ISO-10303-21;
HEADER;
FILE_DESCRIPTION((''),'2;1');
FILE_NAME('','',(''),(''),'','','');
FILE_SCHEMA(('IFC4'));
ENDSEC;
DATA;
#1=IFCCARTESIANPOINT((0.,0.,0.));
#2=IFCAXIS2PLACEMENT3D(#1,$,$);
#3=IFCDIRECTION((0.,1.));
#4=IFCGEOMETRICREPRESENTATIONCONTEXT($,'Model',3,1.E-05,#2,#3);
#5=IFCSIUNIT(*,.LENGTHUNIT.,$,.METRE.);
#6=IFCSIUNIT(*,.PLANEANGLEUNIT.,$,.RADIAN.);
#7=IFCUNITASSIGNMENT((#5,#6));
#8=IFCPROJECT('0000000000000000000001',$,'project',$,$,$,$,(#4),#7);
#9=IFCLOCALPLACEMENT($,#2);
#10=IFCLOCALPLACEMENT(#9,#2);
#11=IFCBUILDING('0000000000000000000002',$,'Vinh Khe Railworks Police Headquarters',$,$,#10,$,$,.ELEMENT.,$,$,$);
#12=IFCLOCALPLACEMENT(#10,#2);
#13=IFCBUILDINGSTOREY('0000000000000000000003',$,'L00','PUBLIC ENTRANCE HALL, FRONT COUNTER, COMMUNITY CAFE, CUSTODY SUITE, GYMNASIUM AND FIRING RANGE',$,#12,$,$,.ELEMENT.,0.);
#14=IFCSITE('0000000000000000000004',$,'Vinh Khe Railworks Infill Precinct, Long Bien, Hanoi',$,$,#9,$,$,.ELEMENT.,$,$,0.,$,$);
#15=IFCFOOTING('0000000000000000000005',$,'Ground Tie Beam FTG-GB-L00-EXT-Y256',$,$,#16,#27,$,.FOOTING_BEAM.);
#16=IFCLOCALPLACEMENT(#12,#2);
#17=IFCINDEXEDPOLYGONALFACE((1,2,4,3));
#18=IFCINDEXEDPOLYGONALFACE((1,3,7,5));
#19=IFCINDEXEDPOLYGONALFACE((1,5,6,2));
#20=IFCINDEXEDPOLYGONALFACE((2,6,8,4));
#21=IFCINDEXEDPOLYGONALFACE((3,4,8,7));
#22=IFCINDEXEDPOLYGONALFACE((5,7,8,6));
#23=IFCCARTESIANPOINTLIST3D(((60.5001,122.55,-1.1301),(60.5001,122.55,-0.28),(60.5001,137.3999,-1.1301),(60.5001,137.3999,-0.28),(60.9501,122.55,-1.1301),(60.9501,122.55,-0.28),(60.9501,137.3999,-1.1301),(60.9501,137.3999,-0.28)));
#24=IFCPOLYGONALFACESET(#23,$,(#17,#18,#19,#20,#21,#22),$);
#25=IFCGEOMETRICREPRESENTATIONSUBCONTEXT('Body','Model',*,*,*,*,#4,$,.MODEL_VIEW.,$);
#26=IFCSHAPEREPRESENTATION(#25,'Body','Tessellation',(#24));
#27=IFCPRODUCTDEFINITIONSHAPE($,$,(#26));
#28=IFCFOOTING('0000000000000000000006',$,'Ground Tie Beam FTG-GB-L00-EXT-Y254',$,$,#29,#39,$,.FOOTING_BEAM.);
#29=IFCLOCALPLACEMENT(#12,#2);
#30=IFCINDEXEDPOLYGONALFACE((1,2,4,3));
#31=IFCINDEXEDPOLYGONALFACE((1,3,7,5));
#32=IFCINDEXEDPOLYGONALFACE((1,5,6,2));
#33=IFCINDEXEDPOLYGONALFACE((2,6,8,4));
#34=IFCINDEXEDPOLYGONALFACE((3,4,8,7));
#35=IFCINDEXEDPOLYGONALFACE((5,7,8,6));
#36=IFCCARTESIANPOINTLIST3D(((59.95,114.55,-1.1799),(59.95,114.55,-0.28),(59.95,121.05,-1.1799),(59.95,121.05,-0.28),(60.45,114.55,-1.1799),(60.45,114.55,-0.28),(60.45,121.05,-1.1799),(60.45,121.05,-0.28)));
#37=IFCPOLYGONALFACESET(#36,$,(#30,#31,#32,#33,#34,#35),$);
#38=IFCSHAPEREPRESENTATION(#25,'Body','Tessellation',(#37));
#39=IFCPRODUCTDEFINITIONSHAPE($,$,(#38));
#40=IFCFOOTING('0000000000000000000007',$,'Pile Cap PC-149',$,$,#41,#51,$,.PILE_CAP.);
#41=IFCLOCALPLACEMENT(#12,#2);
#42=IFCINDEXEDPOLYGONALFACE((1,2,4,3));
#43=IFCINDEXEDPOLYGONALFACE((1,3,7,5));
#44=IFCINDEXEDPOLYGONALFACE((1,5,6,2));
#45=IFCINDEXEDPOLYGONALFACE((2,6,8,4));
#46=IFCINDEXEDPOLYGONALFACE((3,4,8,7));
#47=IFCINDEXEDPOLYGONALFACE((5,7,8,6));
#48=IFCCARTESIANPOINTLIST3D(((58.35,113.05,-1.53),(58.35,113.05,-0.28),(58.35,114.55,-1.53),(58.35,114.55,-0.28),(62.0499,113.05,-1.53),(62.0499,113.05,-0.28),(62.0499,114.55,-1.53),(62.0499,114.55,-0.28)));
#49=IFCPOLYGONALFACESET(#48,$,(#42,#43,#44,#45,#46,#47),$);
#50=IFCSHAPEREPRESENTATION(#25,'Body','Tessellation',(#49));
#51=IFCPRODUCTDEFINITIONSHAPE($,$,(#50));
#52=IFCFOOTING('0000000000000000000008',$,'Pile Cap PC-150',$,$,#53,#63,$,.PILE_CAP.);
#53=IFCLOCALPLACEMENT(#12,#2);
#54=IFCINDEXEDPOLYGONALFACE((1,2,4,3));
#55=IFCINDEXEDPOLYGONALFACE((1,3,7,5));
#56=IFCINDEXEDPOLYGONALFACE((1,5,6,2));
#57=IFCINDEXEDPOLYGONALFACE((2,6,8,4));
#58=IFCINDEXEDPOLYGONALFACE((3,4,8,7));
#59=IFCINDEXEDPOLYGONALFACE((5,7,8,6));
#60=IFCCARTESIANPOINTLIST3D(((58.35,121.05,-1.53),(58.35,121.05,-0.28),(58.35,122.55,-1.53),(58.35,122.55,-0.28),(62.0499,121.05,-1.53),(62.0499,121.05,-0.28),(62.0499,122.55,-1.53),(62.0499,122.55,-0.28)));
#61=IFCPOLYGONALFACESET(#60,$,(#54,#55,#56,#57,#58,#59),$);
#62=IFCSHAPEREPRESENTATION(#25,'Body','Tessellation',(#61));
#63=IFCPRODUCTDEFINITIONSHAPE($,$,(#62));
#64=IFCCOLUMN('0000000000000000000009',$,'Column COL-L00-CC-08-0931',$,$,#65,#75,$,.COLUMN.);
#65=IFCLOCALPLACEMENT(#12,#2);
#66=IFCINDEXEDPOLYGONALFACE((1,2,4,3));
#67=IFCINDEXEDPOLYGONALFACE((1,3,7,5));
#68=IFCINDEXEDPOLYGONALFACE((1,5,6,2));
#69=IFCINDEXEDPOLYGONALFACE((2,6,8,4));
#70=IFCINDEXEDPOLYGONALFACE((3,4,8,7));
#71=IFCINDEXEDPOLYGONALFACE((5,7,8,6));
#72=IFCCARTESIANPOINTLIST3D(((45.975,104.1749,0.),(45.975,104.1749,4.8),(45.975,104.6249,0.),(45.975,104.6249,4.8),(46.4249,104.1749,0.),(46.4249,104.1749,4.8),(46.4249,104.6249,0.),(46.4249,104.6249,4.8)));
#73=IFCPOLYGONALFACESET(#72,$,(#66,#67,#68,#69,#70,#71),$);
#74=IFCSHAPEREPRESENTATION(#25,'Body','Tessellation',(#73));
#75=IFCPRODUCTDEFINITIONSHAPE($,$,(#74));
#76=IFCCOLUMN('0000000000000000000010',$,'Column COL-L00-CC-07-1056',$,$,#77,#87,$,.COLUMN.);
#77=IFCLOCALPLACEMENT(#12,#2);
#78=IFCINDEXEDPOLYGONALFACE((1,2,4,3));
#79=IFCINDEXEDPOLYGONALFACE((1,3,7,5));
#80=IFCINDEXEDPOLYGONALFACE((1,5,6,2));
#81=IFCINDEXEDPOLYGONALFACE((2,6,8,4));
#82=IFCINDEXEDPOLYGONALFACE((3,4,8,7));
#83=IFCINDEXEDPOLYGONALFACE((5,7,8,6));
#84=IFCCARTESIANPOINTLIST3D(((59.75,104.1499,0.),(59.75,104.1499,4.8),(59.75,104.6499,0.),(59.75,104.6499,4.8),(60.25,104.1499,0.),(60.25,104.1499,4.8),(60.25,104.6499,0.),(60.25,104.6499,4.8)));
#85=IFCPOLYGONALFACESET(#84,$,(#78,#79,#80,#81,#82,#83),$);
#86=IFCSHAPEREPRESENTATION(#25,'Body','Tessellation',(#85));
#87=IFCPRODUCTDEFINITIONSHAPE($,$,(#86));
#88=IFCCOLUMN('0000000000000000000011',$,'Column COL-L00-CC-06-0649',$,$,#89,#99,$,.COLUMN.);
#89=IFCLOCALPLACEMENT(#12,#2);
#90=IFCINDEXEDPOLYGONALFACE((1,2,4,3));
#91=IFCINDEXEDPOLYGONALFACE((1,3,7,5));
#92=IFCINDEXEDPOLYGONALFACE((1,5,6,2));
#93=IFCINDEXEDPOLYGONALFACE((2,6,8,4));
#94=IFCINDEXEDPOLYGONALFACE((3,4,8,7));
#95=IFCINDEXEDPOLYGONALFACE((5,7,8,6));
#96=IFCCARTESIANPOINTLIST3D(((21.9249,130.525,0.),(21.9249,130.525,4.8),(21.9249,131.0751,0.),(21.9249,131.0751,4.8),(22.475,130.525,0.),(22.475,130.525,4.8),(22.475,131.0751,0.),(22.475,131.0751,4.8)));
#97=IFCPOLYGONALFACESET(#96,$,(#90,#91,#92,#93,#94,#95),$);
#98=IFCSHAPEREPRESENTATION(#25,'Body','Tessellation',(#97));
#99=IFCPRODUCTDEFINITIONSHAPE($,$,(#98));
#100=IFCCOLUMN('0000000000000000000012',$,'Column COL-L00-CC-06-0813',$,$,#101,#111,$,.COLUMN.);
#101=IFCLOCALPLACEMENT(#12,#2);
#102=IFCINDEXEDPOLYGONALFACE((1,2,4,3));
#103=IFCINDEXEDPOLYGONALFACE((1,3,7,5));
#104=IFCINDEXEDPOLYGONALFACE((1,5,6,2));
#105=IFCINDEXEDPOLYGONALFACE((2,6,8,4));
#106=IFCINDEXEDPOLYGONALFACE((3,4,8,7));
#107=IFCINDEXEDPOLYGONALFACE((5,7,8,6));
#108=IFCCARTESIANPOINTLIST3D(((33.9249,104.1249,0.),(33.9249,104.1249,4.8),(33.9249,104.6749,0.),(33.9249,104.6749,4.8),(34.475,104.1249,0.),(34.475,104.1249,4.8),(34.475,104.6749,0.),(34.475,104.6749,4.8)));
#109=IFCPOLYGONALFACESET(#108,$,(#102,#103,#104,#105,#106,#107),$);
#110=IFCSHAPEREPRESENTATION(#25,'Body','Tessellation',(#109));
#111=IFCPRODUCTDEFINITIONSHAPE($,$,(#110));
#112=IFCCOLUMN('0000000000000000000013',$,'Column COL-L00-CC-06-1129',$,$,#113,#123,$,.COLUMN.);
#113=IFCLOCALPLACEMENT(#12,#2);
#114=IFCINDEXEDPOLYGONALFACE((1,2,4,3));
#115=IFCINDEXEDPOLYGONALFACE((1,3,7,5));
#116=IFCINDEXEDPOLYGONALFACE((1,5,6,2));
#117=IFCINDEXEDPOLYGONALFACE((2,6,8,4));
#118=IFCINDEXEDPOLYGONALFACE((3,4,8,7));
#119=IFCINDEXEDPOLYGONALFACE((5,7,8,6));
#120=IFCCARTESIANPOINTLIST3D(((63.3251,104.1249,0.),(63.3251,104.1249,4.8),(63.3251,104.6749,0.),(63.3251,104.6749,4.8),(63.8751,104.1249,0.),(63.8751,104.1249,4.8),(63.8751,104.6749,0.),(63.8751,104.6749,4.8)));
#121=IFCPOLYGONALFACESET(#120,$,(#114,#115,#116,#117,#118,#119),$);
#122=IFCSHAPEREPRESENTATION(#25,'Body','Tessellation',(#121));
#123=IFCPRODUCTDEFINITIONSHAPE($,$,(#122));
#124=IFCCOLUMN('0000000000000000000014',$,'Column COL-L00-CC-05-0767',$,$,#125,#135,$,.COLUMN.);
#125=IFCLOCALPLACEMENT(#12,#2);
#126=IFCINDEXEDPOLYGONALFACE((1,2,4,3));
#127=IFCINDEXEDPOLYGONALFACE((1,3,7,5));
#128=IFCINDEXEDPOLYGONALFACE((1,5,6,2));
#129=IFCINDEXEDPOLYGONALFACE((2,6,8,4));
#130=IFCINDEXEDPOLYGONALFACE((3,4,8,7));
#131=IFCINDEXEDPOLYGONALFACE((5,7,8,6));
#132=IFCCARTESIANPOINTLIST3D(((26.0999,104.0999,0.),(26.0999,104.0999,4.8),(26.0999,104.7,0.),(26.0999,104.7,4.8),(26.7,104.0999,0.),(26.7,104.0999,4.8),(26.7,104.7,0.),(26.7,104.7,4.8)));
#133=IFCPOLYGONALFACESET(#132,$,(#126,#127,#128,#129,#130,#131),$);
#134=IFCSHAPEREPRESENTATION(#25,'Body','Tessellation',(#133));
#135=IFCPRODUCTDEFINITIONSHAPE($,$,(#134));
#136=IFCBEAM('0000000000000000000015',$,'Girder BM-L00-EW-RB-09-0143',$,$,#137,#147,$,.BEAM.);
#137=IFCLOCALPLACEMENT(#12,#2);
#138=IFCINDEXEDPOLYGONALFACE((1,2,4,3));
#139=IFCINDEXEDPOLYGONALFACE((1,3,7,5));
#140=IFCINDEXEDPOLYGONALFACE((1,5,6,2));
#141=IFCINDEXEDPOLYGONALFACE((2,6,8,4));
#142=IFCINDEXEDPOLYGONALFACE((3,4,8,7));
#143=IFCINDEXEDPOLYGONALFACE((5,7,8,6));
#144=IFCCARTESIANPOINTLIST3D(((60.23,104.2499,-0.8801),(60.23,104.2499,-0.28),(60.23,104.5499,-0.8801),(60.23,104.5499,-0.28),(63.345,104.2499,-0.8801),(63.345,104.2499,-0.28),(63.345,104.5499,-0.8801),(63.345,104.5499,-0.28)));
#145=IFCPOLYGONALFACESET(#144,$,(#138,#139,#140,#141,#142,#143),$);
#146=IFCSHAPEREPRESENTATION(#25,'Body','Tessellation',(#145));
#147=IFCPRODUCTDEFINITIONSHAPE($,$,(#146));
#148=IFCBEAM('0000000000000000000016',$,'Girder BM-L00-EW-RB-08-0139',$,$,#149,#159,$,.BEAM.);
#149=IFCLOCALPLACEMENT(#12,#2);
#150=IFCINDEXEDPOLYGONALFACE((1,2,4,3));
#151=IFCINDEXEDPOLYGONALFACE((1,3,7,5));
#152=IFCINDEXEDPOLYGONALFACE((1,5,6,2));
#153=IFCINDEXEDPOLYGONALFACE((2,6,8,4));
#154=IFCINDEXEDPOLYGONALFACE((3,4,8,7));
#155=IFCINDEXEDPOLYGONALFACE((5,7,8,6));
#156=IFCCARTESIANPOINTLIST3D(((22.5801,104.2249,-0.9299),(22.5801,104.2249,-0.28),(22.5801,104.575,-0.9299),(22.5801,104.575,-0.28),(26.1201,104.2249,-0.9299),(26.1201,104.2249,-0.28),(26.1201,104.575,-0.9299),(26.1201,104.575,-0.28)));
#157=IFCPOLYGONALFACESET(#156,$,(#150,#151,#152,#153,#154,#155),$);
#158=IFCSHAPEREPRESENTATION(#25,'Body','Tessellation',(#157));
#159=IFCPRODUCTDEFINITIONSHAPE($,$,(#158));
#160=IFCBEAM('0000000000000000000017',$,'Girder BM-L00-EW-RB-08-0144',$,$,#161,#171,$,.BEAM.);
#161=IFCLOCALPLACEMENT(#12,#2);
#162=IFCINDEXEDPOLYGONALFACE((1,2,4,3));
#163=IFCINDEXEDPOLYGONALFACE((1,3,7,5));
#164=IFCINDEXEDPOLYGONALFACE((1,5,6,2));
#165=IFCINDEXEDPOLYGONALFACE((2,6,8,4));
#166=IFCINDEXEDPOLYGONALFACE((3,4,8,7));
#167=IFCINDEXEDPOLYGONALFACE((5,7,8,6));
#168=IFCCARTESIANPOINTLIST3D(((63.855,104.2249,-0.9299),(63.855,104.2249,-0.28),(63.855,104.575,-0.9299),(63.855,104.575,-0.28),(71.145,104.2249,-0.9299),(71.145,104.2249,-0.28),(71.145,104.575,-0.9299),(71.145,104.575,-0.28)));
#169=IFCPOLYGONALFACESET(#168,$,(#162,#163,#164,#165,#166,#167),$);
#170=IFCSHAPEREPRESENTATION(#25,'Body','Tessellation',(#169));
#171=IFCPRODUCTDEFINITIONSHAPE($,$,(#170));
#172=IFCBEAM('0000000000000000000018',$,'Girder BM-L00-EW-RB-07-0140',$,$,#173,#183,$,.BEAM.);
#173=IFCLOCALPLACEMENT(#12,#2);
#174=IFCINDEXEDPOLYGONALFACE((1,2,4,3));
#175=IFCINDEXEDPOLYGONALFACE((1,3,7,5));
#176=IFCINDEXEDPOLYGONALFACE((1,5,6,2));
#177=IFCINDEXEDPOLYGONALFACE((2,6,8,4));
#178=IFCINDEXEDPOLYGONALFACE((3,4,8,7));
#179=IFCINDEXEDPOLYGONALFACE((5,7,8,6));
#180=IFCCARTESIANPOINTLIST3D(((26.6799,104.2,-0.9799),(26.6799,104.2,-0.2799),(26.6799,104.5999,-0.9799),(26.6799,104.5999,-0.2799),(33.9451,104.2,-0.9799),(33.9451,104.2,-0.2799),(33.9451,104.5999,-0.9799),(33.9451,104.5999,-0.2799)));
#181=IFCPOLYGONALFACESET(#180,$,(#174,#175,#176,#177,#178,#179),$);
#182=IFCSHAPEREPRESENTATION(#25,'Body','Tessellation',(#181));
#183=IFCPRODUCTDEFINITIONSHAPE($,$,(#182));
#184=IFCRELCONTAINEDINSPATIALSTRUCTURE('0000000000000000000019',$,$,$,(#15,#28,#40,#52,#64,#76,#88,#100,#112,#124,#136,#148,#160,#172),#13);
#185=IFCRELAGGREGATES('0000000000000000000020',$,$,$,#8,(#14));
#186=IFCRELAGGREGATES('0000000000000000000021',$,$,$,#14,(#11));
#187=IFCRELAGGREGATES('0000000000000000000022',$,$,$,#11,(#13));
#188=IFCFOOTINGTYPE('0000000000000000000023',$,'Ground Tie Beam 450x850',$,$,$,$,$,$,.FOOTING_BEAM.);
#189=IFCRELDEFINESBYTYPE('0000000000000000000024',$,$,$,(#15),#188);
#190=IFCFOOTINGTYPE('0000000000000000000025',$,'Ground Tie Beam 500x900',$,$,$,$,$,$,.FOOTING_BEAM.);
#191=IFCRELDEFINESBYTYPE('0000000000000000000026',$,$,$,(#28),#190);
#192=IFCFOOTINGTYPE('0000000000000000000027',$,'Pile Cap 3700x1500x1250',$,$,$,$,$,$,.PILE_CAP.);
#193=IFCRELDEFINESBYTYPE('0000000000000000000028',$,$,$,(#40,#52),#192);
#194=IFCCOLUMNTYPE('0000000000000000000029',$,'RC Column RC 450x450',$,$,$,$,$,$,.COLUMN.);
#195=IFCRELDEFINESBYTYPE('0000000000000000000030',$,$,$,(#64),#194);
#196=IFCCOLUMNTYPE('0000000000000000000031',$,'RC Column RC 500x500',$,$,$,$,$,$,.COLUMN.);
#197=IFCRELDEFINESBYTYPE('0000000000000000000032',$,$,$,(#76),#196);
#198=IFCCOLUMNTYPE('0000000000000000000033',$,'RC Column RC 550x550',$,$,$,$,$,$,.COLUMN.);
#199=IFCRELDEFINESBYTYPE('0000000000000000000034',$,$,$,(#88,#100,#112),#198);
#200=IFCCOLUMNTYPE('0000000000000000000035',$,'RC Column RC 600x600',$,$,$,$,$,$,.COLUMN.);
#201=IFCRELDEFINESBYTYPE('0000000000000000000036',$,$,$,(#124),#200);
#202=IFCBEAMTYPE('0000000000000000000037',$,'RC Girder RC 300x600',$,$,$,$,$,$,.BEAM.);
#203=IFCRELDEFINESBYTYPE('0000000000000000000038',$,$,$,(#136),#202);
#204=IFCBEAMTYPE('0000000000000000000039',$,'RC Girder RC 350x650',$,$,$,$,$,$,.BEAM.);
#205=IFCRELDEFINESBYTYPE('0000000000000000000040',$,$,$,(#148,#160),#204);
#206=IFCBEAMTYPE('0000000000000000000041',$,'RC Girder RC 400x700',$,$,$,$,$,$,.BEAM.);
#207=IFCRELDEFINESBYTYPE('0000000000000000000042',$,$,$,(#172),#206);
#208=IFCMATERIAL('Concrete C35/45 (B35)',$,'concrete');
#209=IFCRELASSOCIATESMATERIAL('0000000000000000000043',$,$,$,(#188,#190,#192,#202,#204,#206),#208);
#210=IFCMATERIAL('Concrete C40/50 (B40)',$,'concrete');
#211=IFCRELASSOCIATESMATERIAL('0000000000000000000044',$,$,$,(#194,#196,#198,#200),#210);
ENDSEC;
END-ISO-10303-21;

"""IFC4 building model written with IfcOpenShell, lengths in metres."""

from ifc_helpers import new_model, si_unit, direction, frame, origin, origin_2d, place, context, subcontext, project, spatial, rectangle, extrude, material, material_profile, profile_set, type_object, element, save


model = new_model("IFC4")

# Units and contexts
model_context = context("Model", 3, precision=1e-05, world=origin(), true_north=direction((0.0, 1.0)))
body_context = subcontext(model_context, "Body", "Model", "MODEL_VIEW")
ifc_project = project(units=[si_unit("LENGTHUNIT", "METRE"), si_unit("PLANEANGLEUNIT", "RADIAN")], contexts=[model_context])

# Site, building, storey
site_placement = place(None, origin())
site = spatial("IfcSite", under=ifc_project, at=site_placement, Name="Vinh Khe Railworks Infill Precinct, Long Bien, Hanoi", CompositionType="ELEMENT", RefElevation=0.0)
building_placement = place(site_placement, origin())
building = spatial("IfcBuilding", under=site, at=building_placement, Name="Vinh Khe Railworks Police Headquarters", CompositionType="ELEMENT")
storey_placement = place(building_placement, origin())
storey = spatial("IfcBuildingStorey", under=building, at=storey_placement, Name="L00", Description="PUBLIC ENTRANCE HALL, FRONT COUNTER, COMMUNITY CAFE, CUSTODY SUITE, GYMNASIUM AND FIRING RANGE", CompositionType="ELEMENT", Elevation=0.0)

# Shared definitions
ifc_material_1 = material(Name="Concrete C35/45 (B35)", Category="concrete")

# Footings
ifc_material_profile_1 = material_profile(ifc_material_1, rectangle(XDim=0.45, YDim=0.8501, at=origin_2d()), Name="RC 450x850")
ifc_profile_set_1 = profile_set([ifc_material_profile_1], Name="Concrete C35/45 (B35)")
footing_type_1 = type_object("IfcFootingType", Name="Ground Tie Beam 450x850", PredefinedType="FOOTING_BEAM", material=ifc_profile_set_1)
footing_1_placement = place(storey_placement, frame((60.7251, 122.55, -0.7051), z_axis=(0.0, 1.0, 0.0), x_axis=(-1.0, 0.0, 0.0)))
element("IfcFooting", 1, at=footing_1_placement, inside=storey, type_object=footing_type_1, Name="Ground Tie Beam FTG-GB-L00-EXT-Y256", PredefinedType="FOOTING_BEAM", context=body_context, shape_type="SweptSolid", body=[
    extrude(rectangle(XDim=0.45, YDim=0.8501, at=origin_2d()), origin(), (0.0, 0.0, 1.0), 14.8499),
])
ifc_material_profile_2 = material_profile(ifc_material_1, rectangle(XDim=0.5, YDim=0.8999, at=origin_2d()), Name="RC 500x900")
ifc_profile_set_2 = profile_set([ifc_material_profile_2], Name="Concrete C35/45 (B35)")
footing_type_2 = type_object("IfcFootingType", Name="Ground Tie Beam 500x900", PredefinedType="FOOTING_BEAM", material=ifc_profile_set_2)
footing_2_placement = place(storey_placement, frame((60.2, 114.55, -0.73), z_axis=(0.0, 1.0, 0.0), x_axis=(-1.0, 0.0, 0.0)))
element("IfcFooting", 2, at=footing_2_placement, inside=storey, type_object=footing_type_2, Name="Ground Tie Beam FTG-GB-L00-EXT-Y254", PredefinedType="FOOTING_BEAM", context=body_context, shape_type="SweptSolid", body=[
    extrude(rectangle(XDim=0.5, YDim=0.8999, at=origin_2d()), origin(), (0.0, 0.0, 1.0), 6.5),
])
footing_type_3 = type_object("IfcFootingType", Name="Pile Cap 3700x1500x1250", PredefinedType="PILE_CAP", material=ifc_material_1)
for number, where, z_axis, x_axis, name in (
    (3, (60.2, 113.8, -1.53), (0.0, 0.0, 1.0), (1.0, 0.0, 0.0), "Pile Cap PC-149"),
    (4, (60.2, 121.8, -1.53), (0.0, 0.0, 1.0), (1.0, 0.0, 0.0), "Pile Cap PC-150"),
):
    element("IfcFooting", number, at=place(storey_placement, frame(where, z_axis=z_axis, x_axis=x_axis)), inside=storey, type_object=footing_type_3, Name=name, PredefinedType="PILE_CAP", context=body_context, shape_type="SweptSolid", body=[
        extrude(rectangle(XDim=3.7, YDim=1.5, at=origin_2d()), origin(), (0.0, 0.0, 1.0), 1.25),
    ])

# Columns
ifc_material_2 = material(Name="Concrete C40/50 (B40)", Category="concrete")
ifc_material_profile_3 = material_profile(ifc_material_2, rectangle(XDim=0.45, YDim=0.45, at=origin_2d()), Name="RC 450x450")
ifc_profile_set_3 = profile_set([ifc_material_profile_3], Name="Concrete C40/50 (B40)")
column_type_1 = type_object("IfcColumnType", Name="RC Column RC 450x450", PredefinedType="COLUMN", material=ifc_profile_set_3)
column_1_placement = place(storey_placement, frame((46.2, 104.3999, 0.0), z_axis=(0.0, 0.0, 1.0), x_axis=(1.0, 0.0, 0.0)))
element("IfcColumn", 5, at=column_1_placement, inside=storey, type_object=column_type_1, Name="Column COL-L00-CC-08-0931", PredefinedType="COLUMN", context=body_context, shape_type="SweptSolid", body=[
    extrude(rectangle(XDim=0.45, YDim=0.45, at=origin_2d()), origin(), (0.0, 0.0, 1.0), 4.8),
])
ifc_material_profile_4 = material_profile(ifc_material_2, rectangle(XDim=0.5, YDim=0.5, at=origin_2d()), Name="RC 500x500")
ifc_profile_set_4 = profile_set([ifc_material_profile_4], Name="Concrete C40/50 (B40)")
column_type_2 = type_object("IfcColumnType", Name="RC Column RC 500x500", PredefinedType="COLUMN", material=ifc_profile_set_4)
column_2_placement = place(storey_placement, frame((60.0, 104.3999, 0.0), z_axis=(0.0, 0.0, 1.0), x_axis=(1.0, 0.0, 0.0)))
element("IfcColumn", 6, at=column_2_placement, inside=storey, type_object=column_type_2, Name="Column COL-L00-CC-07-1056", PredefinedType="COLUMN", context=body_context, shape_type="SweptSolid", body=[
    extrude(rectangle(XDim=0.5, YDim=0.5, at=origin_2d()), origin(), (0.0, 0.0, 1.0), 4.8),
])
ifc_material_profile_5 = material_profile(ifc_material_2, rectangle(XDim=0.55, YDim=0.55, at=origin_2d()), Name="RC 550x550")
ifc_profile_set_5 = profile_set([ifc_material_profile_5], Name="Concrete C40/50 (B40)")
column_type_3 = type_object("IfcColumnType", Name="RC Column RC 550x550", PredefinedType="COLUMN", material=ifc_profile_set_5)
for number, where, z_axis, x_axis, name in (
    (7, (22.2, 130.8, 0.0), (0.0, 0.0, 1.0), (1.0, 0.0, 0.0), "Column COL-L00-CC-06-0649"),
    (8, (34.2, 104.3999, 0.0), (0.0, 0.0, 1.0), (1.0, 0.0, 0.0), "Column COL-L00-CC-06-0813"),
    (9, (63.6001, 104.3999, 0.0), (0.0, 0.0, 1.0), (1.0, 0.0, 0.0), "Column COL-L00-CC-06-1129"),
):
    element("IfcColumn", number, at=place(storey_placement, frame(where, z_axis=z_axis, x_axis=x_axis)), inside=storey, type_object=column_type_3, Name=name, PredefinedType="COLUMN", context=body_context, shape_type="SweptSolid", body=[
        extrude(rectangle(XDim=0.55, YDim=0.55, at=origin_2d()), origin(), (0.0, 0.0, 1.0), 4.8),
    ])
ifc_material_profile_6 = material_profile(ifc_material_2, rectangle(XDim=0.6001, YDim=0.6001, at=origin_2d()), Name="RC 600x600")
ifc_profile_set_6 = profile_set([ifc_material_profile_6], Name="Concrete C40/50 (B40)")
column_type_4 = type_object("IfcColumnType", Name="RC Column RC 600x600", PredefinedType="COLUMN", material=ifc_profile_set_6)
column_3_placement = place(storey_placement, frame((26.3999, 104.3999, 0.0), z_axis=(0.0, 0.0, 1.0), x_axis=(1.0, 0.0, 0.0)))
element("IfcColumn", 10, at=column_3_placement, inside=storey, type_object=column_type_4, Name="Column COL-L00-CC-05-0767", PredefinedType="COLUMN", context=body_context, shape_type="SweptSolid", body=[
    extrude(rectangle(XDim=0.6001, YDim=0.6001, at=origin_2d()), origin(), (0.0, 0.0, 1.0), 4.8),
])

# Beams
ifc_material_profile_7 = material_profile(ifc_material_1, rectangle(XDim=0.3, YDim=0.6001, at=origin_2d()), Name="RC 300x600")
ifc_profile_set_7 = profile_set([ifc_material_profile_7], Name="Concrete C35/45 (B35)")
beam_type_1 = type_object("IfcBeamType", Name="RC Girder RC 300x600", PredefinedType="BEAM", material=ifc_profile_set_7)
beam_1_placement = place(storey_placement, frame((60.23, 104.3999, -0.5801), z_axis=(1.0, 0.0, 0.0), x_axis=(0.0, 1.0, 0.0)))
element("IfcBeam", 11, at=beam_1_placement, inside=storey, type_object=beam_type_1, Name="Girder BM-L00-EW-RB-09-0143", PredefinedType="BEAM", context=body_context, shape_type="SweptSolid", body=[
    extrude(rectangle(XDim=0.3, YDim=0.6001, at=origin_2d()), origin(), (0.0, 0.0, 1.0), 3.115),
])
ifc_material_profile_8 = material_profile(ifc_material_1, rectangle(XDim=0.3501, YDim=0.6499, at=origin_2d()), Name="RC 350x650")
ifc_profile_set_8 = profile_set([ifc_material_profile_8], Name="Concrete C35/45 (B35)")
beam_type_2 = type_object("IfcBeamType", Name="RC Girder RC 350x650", PredefinedType="BEAM", material=ifc_profile_set_8)
beam_2_placement = place(storey_placement, frame((22.5801, 104.3999, -0.605), z_axis=(1.0, 0.0, 0.0), x_axis=(0.0, 1.0, 0.0)))
element("IfcBeam", 12, at=beam_2_placement, inside=storey, type_object=beam_type_2, Name="Girder BM-L00-EW-RB-08-0139", PredefinedType="BEAM", context=body_context, shape_type="SweptSolid", body=[
    extrude(rectangle(XDim=0.3501, YDim=0.6499, at=origin_2d()), origin(), (0.0, 0.0, 1.0), 3.54),
])
beam_3_placement = place(storey_placement, frame((63.855, 104.3999, -0.605), z_axis=(1.0, 0.0, 0.0), x_axis=(0.0, 1.0, 0.0)))
element("IfcBeam", 13, at=beam_3_placement, inside=storey, type_object=beam_type_2, Name="Girder BM-L00-EW-RB-08-0144", PredefinedType="BEAM", context=body_context, shape_type="SweptSolid", body=[
    extrude(rectangle(XDim=0.3501, YDim=0.6499, at=origin_2d()), origin(), (0.0, 0.0, 1.0), 7.29),
])
ifc_material_profile_9 = material_profile(ifc_material_1, rectangle(XDim=0.3999, YDim=0.7, at=origin_2d()), Name="RC 400x700")
ifc_profile_set_9 = profile_set([ifc_material_profile_9], Name="Concrete C35/45 (B35)")
beam_type_3 = type_object("IfcBeamType", Name="RC Girder RC 400x700", PredefinedType="BEAM", material=ifc_profile_set_9)
beam_4_placement = place(storey_placement, frame((26.6799, 104.3999, -0.6299), z_axis=(1.0, 0.0, 0.0), x_axis=(0.0, 1.0, 0.0)))
element("IfcBeam", 14, at=beam_4_placement, inside=storey, type_object=beam_type_3, Name="Girder BM-L00-EW-RB-07-0140", PredefinedType="BEAM", context=body_context, shape_type="SweptSolid", body=[
    extrude(rectangle(XDim=0.3999, YDim=0.7, at=origin_2d()), origin(), (0.0, 0.0, 1.0), 7.2651),
])

save(model, "model.ifc")
